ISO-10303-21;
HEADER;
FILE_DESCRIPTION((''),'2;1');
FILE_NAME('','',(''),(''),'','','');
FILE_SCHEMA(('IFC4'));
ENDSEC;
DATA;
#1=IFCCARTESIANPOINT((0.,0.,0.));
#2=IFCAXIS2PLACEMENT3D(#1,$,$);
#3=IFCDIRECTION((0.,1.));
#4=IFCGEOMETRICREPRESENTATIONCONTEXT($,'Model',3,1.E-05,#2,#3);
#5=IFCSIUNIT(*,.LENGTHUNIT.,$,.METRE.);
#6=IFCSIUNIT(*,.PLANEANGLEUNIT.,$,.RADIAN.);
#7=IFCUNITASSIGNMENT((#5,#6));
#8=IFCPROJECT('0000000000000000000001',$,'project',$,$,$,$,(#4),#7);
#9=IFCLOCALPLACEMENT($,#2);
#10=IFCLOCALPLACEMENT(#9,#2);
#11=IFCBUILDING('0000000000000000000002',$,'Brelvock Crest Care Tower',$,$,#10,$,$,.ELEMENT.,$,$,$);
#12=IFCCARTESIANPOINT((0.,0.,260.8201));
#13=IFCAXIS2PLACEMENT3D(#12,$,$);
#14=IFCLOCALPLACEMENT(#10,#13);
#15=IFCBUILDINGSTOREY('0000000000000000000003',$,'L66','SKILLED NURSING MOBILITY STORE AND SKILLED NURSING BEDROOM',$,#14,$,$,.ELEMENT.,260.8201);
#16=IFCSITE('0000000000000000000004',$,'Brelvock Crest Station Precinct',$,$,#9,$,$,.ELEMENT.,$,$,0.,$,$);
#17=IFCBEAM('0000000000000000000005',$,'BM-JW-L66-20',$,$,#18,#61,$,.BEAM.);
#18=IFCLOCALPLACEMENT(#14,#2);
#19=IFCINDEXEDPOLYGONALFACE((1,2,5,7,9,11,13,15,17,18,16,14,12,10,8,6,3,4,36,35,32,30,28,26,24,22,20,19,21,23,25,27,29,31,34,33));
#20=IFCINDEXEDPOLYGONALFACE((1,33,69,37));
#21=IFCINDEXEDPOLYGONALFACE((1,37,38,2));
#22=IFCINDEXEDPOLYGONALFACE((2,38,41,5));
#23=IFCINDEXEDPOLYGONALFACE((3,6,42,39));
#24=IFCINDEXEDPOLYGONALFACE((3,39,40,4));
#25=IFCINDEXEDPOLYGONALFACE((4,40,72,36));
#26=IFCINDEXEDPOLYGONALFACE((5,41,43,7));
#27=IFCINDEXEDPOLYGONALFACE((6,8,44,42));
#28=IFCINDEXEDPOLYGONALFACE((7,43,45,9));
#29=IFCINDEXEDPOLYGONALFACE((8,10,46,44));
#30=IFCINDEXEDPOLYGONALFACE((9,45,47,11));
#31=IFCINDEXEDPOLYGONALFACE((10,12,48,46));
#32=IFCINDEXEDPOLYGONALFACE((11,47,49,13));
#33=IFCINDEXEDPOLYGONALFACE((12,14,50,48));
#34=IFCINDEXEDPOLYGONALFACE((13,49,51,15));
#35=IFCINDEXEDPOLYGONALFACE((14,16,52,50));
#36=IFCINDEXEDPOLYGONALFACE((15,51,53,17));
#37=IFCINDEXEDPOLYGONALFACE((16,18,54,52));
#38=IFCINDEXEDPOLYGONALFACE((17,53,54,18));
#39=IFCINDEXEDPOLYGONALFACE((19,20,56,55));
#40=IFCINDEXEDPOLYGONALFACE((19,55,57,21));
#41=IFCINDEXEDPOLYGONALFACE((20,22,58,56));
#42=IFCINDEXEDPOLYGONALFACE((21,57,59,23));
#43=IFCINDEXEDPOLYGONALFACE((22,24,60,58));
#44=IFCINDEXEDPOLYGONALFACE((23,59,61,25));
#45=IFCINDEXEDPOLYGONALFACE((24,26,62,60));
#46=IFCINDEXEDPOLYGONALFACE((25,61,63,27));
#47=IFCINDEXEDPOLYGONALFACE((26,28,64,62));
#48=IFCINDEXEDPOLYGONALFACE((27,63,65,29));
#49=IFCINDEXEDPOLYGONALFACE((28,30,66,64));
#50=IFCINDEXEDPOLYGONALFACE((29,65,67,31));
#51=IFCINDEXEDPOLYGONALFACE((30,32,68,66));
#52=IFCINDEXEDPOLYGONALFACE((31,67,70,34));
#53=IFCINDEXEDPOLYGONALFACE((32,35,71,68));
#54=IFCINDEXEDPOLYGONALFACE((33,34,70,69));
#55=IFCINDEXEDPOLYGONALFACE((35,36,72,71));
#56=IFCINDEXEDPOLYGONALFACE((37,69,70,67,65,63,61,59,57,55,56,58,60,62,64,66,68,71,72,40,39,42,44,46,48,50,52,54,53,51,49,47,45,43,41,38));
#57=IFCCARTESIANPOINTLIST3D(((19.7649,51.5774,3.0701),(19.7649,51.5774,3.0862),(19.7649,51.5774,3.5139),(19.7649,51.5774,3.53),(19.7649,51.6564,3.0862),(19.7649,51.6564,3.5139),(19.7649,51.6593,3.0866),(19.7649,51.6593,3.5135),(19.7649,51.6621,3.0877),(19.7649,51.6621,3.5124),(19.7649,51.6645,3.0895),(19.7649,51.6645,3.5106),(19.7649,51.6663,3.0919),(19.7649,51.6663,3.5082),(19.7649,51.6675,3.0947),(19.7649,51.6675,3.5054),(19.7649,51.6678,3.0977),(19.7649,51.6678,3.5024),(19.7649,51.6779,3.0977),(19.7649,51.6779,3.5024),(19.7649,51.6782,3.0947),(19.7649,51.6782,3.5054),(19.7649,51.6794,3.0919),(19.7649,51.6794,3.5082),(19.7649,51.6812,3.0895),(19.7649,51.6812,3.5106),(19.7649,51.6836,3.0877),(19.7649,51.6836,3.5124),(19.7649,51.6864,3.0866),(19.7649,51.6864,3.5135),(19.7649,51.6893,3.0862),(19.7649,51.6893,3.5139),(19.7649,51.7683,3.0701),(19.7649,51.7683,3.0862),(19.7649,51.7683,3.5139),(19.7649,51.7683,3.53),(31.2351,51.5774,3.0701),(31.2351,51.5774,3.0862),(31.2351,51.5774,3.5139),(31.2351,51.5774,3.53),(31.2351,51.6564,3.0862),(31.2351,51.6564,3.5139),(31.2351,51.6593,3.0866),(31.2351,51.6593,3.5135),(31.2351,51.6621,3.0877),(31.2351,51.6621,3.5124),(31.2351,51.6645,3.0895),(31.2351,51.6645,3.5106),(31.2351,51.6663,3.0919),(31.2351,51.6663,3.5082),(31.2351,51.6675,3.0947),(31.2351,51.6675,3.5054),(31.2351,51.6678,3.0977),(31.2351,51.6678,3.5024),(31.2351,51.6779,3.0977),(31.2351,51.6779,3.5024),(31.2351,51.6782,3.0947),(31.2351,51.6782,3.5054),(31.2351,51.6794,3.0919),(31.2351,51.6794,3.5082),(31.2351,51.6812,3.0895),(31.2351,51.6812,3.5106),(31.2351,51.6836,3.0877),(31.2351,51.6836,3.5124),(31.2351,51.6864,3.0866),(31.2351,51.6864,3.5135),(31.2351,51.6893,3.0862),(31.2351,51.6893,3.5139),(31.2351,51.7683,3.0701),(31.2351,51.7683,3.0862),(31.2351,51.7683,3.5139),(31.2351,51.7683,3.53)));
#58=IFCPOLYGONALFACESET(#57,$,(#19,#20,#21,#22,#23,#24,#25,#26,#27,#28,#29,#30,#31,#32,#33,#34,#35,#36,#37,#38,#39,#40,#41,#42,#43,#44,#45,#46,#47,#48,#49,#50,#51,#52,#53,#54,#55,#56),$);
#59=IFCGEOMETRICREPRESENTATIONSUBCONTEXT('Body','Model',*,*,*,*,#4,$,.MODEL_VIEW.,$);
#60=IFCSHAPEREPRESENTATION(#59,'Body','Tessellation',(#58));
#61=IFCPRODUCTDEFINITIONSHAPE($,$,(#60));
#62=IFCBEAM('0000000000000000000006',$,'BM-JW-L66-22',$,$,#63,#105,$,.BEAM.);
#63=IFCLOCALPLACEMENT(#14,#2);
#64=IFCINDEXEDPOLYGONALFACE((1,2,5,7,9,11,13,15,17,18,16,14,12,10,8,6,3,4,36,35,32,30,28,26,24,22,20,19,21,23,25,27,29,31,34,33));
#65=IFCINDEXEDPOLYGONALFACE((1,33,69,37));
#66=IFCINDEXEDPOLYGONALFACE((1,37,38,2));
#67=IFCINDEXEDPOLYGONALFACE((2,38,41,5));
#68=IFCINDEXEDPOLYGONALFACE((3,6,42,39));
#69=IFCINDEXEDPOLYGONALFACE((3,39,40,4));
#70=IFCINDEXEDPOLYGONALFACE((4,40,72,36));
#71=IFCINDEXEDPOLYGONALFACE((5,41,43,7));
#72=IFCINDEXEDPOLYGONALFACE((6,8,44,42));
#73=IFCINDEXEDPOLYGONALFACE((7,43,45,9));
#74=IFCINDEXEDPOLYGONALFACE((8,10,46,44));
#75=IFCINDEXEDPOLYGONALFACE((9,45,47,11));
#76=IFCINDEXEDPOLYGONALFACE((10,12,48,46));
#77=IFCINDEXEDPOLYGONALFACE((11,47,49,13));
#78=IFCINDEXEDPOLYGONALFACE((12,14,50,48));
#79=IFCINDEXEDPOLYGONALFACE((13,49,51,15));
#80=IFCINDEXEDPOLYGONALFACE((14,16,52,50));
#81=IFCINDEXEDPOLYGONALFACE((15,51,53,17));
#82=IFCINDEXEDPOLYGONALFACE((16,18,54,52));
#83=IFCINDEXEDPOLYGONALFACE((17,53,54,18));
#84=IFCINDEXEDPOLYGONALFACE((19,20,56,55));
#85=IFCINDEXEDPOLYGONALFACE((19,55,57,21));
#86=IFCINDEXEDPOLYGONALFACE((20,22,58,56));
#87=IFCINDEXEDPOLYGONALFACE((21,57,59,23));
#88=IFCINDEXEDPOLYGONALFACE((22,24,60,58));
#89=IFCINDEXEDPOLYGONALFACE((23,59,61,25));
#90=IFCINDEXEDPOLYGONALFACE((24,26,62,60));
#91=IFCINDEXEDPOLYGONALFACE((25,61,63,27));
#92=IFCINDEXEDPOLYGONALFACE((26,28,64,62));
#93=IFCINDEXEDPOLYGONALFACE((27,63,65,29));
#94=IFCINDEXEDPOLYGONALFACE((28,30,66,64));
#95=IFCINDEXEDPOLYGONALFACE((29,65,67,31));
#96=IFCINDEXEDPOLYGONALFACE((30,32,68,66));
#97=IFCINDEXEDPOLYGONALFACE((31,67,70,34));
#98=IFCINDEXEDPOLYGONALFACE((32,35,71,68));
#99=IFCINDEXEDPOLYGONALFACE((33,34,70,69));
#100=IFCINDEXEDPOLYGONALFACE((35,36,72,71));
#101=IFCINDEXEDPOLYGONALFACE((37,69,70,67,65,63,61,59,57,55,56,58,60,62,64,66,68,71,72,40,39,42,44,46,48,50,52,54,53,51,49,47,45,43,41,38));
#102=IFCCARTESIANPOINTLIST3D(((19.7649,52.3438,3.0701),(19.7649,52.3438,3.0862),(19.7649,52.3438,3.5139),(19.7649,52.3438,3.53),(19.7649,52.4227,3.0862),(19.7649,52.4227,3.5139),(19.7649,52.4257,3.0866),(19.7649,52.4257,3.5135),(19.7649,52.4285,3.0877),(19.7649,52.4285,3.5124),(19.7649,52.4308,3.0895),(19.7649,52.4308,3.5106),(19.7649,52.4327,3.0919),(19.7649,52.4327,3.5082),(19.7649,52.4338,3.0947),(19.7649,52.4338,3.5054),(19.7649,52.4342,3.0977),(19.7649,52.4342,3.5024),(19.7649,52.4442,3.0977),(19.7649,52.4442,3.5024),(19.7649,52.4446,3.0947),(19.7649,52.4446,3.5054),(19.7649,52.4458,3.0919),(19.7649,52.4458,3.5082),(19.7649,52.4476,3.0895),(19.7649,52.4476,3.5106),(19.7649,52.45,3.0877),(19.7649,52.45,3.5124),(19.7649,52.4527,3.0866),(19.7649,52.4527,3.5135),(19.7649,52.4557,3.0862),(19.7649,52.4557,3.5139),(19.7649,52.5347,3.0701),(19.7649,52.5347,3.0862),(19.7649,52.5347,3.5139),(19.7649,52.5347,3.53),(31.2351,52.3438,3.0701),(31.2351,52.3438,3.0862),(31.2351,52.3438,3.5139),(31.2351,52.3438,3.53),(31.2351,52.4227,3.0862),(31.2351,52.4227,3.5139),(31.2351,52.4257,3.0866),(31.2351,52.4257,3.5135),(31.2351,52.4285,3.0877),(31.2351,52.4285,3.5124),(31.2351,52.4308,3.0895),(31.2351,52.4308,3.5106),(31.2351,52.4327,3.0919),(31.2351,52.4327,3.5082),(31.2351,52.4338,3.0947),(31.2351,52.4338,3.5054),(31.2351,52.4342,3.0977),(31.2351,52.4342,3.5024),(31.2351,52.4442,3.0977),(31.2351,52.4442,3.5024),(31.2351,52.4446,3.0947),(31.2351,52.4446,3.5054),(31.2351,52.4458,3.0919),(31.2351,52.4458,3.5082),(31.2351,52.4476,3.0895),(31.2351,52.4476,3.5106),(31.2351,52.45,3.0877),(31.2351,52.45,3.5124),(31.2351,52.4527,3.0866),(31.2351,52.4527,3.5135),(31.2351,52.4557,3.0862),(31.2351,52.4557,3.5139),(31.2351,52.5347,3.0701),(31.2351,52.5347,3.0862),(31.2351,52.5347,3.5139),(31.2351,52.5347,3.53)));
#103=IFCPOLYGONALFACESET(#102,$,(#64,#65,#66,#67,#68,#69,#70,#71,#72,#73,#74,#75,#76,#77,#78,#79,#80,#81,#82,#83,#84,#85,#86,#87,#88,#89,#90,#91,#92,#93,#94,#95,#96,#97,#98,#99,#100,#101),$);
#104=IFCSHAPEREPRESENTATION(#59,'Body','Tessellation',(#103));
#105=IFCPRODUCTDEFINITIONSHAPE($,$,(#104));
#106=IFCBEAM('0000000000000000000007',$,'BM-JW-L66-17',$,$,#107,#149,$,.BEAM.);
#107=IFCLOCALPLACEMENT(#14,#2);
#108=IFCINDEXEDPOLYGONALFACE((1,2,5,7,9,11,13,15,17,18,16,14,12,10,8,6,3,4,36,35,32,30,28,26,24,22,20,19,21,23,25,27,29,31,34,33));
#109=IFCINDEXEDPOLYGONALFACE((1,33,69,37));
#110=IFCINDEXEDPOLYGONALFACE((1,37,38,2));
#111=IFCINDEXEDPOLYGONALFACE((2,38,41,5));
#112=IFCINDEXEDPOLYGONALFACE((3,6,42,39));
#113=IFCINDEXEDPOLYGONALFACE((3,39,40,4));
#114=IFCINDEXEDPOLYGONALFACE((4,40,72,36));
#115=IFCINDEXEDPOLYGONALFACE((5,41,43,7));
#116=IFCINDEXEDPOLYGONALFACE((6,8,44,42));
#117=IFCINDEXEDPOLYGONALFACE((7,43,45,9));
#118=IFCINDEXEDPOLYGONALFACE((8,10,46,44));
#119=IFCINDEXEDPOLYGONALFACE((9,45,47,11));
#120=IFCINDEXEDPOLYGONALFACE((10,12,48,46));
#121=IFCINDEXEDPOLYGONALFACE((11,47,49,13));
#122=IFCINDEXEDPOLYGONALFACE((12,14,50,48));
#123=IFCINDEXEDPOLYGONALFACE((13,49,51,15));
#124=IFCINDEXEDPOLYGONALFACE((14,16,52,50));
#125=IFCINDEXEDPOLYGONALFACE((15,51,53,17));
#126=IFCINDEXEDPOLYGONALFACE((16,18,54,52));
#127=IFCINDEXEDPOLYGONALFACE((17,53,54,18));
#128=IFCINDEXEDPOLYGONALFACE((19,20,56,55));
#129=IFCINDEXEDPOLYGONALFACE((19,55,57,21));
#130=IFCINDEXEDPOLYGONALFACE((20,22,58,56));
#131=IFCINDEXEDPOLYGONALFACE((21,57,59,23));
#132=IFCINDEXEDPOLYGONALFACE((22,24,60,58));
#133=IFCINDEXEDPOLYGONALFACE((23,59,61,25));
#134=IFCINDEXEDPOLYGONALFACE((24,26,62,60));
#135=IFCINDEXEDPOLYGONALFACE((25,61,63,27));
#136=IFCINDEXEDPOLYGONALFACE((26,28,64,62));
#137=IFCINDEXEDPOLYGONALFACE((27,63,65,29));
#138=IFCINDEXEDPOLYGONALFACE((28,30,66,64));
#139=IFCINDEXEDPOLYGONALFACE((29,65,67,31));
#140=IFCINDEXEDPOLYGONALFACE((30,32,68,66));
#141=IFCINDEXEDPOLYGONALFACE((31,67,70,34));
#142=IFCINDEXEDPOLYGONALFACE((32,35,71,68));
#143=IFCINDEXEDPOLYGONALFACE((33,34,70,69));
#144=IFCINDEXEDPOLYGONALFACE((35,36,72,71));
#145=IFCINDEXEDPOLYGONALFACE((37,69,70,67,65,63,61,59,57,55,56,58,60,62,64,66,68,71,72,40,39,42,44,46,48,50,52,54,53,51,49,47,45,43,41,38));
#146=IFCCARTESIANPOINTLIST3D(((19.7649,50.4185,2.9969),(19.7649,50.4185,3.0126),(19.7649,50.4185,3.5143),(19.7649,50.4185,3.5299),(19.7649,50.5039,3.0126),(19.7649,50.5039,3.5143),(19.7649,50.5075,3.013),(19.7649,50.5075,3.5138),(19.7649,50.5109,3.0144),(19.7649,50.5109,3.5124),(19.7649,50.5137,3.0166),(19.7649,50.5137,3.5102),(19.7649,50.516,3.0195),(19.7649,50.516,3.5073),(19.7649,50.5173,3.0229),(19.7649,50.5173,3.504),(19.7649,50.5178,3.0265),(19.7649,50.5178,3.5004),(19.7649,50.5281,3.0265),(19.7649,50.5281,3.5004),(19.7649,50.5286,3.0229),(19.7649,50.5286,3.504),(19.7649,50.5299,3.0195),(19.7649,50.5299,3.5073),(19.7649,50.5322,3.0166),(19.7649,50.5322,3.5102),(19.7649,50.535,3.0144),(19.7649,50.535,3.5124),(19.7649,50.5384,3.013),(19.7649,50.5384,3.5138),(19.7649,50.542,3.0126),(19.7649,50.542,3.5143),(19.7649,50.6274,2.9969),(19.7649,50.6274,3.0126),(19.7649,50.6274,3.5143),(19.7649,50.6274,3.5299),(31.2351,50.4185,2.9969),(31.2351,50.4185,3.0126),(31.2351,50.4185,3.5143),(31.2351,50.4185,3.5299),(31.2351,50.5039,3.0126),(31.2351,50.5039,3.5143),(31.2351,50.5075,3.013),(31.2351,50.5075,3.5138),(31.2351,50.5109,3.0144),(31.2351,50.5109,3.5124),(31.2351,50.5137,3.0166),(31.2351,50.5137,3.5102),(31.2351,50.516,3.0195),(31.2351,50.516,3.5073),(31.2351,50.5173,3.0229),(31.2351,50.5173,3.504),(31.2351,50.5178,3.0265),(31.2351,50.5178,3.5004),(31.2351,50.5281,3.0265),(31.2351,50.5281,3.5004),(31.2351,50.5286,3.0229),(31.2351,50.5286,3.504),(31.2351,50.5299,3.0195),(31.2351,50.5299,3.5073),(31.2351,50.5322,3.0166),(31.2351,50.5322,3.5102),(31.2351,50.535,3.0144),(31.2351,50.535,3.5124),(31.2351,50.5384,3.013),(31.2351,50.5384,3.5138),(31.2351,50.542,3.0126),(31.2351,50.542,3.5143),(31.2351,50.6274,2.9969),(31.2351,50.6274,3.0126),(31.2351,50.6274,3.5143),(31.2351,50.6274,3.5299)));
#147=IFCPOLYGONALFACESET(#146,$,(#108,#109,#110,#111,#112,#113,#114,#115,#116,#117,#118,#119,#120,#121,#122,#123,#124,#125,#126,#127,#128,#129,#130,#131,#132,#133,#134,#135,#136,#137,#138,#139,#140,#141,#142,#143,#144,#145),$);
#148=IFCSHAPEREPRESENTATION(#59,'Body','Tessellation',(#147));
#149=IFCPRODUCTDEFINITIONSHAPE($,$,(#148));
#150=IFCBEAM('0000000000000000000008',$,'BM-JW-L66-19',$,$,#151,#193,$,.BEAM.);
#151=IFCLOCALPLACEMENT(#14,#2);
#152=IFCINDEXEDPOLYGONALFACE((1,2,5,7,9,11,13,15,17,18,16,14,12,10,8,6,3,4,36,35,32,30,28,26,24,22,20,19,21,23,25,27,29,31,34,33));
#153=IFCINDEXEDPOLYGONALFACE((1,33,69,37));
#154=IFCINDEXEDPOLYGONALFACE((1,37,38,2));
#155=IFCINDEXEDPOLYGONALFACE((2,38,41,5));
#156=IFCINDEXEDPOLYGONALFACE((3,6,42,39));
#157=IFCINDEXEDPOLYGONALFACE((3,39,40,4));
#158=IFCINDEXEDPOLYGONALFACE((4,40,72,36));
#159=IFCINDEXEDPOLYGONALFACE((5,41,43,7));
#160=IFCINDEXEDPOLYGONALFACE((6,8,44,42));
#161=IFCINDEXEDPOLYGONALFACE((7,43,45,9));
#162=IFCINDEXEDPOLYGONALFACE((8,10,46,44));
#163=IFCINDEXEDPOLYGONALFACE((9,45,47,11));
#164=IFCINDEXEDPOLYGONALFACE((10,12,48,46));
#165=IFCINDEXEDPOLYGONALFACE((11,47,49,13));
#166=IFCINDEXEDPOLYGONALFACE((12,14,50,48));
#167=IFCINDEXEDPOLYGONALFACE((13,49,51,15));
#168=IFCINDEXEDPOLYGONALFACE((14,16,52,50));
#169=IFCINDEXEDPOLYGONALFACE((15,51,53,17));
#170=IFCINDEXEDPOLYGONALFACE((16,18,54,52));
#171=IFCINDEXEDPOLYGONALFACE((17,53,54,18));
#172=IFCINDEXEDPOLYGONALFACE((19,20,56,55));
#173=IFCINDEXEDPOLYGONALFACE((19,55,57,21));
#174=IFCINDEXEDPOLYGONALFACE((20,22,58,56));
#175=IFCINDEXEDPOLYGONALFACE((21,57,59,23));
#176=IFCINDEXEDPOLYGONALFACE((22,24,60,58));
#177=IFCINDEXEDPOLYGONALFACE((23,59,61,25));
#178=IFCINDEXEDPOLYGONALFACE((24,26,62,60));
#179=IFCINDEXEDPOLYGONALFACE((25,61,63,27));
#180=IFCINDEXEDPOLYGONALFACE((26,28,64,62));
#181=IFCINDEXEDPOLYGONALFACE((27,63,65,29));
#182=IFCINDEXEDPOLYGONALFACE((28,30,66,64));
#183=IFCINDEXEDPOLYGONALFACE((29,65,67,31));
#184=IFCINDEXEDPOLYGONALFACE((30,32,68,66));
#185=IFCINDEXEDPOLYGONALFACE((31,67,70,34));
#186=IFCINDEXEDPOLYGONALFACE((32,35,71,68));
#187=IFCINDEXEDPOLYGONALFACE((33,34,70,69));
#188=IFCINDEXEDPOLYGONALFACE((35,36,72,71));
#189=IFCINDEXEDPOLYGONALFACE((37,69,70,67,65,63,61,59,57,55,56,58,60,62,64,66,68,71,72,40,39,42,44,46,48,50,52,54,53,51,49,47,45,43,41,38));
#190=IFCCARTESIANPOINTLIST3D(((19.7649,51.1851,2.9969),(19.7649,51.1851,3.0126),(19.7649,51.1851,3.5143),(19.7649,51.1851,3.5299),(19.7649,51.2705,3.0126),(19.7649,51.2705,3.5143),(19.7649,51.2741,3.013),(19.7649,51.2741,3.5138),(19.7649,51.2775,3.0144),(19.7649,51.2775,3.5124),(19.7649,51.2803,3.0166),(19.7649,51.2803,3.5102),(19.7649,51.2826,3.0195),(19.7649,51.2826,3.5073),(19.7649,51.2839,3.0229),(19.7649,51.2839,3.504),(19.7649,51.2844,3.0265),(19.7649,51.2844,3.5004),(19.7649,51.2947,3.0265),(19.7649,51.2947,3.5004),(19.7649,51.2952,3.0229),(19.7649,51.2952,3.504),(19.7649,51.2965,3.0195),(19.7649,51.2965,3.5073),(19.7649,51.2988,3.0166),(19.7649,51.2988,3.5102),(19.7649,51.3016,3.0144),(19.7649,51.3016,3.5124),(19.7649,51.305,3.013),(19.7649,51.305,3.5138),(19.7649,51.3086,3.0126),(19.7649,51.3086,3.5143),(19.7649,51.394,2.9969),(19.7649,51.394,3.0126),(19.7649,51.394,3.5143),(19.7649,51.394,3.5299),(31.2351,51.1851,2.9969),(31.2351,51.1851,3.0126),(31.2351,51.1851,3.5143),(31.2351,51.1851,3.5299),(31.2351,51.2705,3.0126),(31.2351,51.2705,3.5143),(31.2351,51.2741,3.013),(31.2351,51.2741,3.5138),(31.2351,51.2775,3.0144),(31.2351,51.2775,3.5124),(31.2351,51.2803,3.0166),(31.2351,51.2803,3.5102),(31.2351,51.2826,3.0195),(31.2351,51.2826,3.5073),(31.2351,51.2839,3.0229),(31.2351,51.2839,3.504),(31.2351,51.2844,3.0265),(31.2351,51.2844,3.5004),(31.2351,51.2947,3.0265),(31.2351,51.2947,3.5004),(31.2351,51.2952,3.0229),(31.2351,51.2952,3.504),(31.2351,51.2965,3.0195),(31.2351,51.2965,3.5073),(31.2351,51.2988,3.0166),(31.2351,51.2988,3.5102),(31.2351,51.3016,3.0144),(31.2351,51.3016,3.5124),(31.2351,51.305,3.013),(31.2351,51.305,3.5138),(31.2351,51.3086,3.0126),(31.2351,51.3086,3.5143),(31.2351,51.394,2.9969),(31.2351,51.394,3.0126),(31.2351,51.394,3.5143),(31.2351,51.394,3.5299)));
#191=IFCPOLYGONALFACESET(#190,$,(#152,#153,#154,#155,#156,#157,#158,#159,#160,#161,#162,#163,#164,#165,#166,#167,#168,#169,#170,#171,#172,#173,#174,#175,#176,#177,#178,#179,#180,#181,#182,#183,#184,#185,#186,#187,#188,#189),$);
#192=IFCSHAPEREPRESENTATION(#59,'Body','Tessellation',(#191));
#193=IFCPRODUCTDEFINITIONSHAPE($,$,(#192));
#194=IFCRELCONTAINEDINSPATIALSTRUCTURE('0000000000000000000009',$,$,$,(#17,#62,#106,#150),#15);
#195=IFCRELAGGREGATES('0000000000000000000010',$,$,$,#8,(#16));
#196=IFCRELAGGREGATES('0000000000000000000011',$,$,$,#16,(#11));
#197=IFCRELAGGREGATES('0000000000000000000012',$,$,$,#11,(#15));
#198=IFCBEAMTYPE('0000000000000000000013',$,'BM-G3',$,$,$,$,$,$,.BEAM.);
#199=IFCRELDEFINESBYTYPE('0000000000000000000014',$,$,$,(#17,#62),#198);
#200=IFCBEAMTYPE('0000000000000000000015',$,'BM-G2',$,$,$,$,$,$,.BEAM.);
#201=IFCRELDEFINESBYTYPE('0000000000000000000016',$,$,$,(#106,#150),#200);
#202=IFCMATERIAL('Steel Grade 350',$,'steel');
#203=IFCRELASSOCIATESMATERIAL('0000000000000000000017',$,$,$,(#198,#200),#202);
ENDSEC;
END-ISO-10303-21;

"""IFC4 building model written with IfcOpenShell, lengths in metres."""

from ifc_helpers import new_model, si_unit, direction, frame, origin, origin_2d, place, context, subcontext, project, spatial, i_section, extrude, source, transform, mapped, material, material_profile, profile_set, type_object, element, save


model = new_model("IFC4")

# Units and contexts
model_context = context("Model", 3, precision=1e-05, world=origin(), true_north=direction((0.0, 1.0)))
body_context = subcontext(model_context, "Body", "Model", "MODEL_VIEW")
ifc_project = project(units=[si_unit("LENGTHUNIT", "METRE"), si_unit("PLANEANGLEUNIT", "RADIAN")], contexts=[model_context])

# Site, building, storey
site_placement = place(None, origin())
site = spatial("IfcSite", under=ifc_project, at=site_placement, Name="Brelvock Crest Station Precinct", CompositionType="ELEMENT", RefElevation=0.0)
building_placement = place(site_placement, origin())
building = spatial("IfcBuilding", under=site, at=building_placement, Name="Brelvock Crest Care Tower", CompositionType="ELEMENT")
storey_placement = place(building_placement, frame((0.0, 0.0, 260.8201)))
storey = spatial("IfcBuildingStorey", under=building, at=storey_placement, Name="L66", Description="SKILLED NURSING MOBILITY STORE AND SKILLED NURSING BEDROOM", CompositionType="ELEMENT", Elevation=260.8201)

# Beams
ifc_material_1 = material(Name="Steel Grade 350", Category="steel")
ifc_material_profile_1 = material_profile(ifc_material_1, i_section(OverallWidth=0.1909, OverallDepth=0.46, WebThickness=0.01, FlangeThickness=0.0161, FilletRadius=0.0115, at=origin_2d()), Name="460UB82.1")
ifc_profile_set_1 = profile_set([ifc_material_profile_1], Name="Steel Grade 350")
beam_type_1 = type_object("IfcBeamType", Name="BM-G3", PredefinedType="BEAM", material=ifc_profile_set_1)
shared_shape_1 = source(origin(), body_context, "Body", "SweptSolid", [
    extrude(i_section(OverallWidth=0.1909, OverallDepth=0.46, WebThickness=0.01, FlangeThickness=0.0161, FilletRadius=0.0115, at=origin_2d()), origin(), (0.0, 0.0, 1.0), 11.4702),
])
for number, where, z_axis, x_axis, name in (
    (1, (19.7649, 51.6729, 3.3), (1.0, 0.0, 0.0), (0.0, 1.0, 0.0), "BM-JW-L66-20"),
    (2, (19.7649, 52.4392, 3.3), (1.0, 0.0, 0.0), (0.0, 1.0, 0.0), "BM-JW-L66-22"),
):
    element("IfcBeam", number, at=place(storey_placement, frame(where, z_axis=z_axis, x_axis=x_axis)), inside=storey, type_object=beam_type_1, Name=name, PredefinedType="BEAM", context=body_context, shape_type="MappedRepresentation", body=[
        mapped(shared_shape_1, transform((0.0, 0.0, 0.0), x_axis=(1.0, 0.0, 0.0), y_axis=(0.0, 1.0, 0.0), z_axis=(0.0, 0.0, 1.0), scale=1.0)),
    ])
ifc_material_profile_2 = material_profile(ifc_material_1, i_section(OverallWidth=0.209, OverallDepth=0.533, WebThickness=0.0103, FlangeThickness=0.0156, FilletRadius=0.0139, at=origin_2d()), Name="530UB92.4")
ifc_profile_set_2 = profile_set([ifc_material_profile_2], Name="Steel Grade 350")
beam_type_2 = type_object("IfcBeamType", Name="BM-G2", PredefinedType="BEAM", material=ifc_profile_set_2)
shared_shape_2 = source(origin(), body_context, "Body", "SweptSolid", [
    extrude(i_section(OverallWidth=0.209, OverallDepth=0.533, WebThickness=0.0103, FlangeThickness=0.0156, FilletRadius=0.0139, at=origin_2d()), origin(), (0.0, 0.0, 1.0), 11.4702),
])
for number, where, z_axis, x_axis, name in (
    (3, (19.7649, 50.5229, 3.2634), (1.0, 0.0, 0.0), (0.0, 1.0, 0.0), "BM-JW-L66-17"),
    (4, (19.7649, 51.2896, 3.2634), (1.0, 0.0, 0.0), (0.0, 1.0, 0.0), "BM-JW-L66-19"),
):
    element("IfcBeam", number, at=place(storey_placement, frame(where, z_axis=z_axis, x_axis=x_axis)), inside=storey, type_object=beam_type_2, Name=name, PredefinedType="BEAM", context=body_context, shape_type="MappedRepresentation", body=[
        mapped(shared_shape_2, transform((0.0, 0.0, 0.0), x_axis=(1.0, 0.0, 0.0), y_axis=(0.0, 1.0, 0.0), z_axis=(0.0, 0.0, 1.0), scale=1.0)),
    ])

save(model, "model.ifc")
